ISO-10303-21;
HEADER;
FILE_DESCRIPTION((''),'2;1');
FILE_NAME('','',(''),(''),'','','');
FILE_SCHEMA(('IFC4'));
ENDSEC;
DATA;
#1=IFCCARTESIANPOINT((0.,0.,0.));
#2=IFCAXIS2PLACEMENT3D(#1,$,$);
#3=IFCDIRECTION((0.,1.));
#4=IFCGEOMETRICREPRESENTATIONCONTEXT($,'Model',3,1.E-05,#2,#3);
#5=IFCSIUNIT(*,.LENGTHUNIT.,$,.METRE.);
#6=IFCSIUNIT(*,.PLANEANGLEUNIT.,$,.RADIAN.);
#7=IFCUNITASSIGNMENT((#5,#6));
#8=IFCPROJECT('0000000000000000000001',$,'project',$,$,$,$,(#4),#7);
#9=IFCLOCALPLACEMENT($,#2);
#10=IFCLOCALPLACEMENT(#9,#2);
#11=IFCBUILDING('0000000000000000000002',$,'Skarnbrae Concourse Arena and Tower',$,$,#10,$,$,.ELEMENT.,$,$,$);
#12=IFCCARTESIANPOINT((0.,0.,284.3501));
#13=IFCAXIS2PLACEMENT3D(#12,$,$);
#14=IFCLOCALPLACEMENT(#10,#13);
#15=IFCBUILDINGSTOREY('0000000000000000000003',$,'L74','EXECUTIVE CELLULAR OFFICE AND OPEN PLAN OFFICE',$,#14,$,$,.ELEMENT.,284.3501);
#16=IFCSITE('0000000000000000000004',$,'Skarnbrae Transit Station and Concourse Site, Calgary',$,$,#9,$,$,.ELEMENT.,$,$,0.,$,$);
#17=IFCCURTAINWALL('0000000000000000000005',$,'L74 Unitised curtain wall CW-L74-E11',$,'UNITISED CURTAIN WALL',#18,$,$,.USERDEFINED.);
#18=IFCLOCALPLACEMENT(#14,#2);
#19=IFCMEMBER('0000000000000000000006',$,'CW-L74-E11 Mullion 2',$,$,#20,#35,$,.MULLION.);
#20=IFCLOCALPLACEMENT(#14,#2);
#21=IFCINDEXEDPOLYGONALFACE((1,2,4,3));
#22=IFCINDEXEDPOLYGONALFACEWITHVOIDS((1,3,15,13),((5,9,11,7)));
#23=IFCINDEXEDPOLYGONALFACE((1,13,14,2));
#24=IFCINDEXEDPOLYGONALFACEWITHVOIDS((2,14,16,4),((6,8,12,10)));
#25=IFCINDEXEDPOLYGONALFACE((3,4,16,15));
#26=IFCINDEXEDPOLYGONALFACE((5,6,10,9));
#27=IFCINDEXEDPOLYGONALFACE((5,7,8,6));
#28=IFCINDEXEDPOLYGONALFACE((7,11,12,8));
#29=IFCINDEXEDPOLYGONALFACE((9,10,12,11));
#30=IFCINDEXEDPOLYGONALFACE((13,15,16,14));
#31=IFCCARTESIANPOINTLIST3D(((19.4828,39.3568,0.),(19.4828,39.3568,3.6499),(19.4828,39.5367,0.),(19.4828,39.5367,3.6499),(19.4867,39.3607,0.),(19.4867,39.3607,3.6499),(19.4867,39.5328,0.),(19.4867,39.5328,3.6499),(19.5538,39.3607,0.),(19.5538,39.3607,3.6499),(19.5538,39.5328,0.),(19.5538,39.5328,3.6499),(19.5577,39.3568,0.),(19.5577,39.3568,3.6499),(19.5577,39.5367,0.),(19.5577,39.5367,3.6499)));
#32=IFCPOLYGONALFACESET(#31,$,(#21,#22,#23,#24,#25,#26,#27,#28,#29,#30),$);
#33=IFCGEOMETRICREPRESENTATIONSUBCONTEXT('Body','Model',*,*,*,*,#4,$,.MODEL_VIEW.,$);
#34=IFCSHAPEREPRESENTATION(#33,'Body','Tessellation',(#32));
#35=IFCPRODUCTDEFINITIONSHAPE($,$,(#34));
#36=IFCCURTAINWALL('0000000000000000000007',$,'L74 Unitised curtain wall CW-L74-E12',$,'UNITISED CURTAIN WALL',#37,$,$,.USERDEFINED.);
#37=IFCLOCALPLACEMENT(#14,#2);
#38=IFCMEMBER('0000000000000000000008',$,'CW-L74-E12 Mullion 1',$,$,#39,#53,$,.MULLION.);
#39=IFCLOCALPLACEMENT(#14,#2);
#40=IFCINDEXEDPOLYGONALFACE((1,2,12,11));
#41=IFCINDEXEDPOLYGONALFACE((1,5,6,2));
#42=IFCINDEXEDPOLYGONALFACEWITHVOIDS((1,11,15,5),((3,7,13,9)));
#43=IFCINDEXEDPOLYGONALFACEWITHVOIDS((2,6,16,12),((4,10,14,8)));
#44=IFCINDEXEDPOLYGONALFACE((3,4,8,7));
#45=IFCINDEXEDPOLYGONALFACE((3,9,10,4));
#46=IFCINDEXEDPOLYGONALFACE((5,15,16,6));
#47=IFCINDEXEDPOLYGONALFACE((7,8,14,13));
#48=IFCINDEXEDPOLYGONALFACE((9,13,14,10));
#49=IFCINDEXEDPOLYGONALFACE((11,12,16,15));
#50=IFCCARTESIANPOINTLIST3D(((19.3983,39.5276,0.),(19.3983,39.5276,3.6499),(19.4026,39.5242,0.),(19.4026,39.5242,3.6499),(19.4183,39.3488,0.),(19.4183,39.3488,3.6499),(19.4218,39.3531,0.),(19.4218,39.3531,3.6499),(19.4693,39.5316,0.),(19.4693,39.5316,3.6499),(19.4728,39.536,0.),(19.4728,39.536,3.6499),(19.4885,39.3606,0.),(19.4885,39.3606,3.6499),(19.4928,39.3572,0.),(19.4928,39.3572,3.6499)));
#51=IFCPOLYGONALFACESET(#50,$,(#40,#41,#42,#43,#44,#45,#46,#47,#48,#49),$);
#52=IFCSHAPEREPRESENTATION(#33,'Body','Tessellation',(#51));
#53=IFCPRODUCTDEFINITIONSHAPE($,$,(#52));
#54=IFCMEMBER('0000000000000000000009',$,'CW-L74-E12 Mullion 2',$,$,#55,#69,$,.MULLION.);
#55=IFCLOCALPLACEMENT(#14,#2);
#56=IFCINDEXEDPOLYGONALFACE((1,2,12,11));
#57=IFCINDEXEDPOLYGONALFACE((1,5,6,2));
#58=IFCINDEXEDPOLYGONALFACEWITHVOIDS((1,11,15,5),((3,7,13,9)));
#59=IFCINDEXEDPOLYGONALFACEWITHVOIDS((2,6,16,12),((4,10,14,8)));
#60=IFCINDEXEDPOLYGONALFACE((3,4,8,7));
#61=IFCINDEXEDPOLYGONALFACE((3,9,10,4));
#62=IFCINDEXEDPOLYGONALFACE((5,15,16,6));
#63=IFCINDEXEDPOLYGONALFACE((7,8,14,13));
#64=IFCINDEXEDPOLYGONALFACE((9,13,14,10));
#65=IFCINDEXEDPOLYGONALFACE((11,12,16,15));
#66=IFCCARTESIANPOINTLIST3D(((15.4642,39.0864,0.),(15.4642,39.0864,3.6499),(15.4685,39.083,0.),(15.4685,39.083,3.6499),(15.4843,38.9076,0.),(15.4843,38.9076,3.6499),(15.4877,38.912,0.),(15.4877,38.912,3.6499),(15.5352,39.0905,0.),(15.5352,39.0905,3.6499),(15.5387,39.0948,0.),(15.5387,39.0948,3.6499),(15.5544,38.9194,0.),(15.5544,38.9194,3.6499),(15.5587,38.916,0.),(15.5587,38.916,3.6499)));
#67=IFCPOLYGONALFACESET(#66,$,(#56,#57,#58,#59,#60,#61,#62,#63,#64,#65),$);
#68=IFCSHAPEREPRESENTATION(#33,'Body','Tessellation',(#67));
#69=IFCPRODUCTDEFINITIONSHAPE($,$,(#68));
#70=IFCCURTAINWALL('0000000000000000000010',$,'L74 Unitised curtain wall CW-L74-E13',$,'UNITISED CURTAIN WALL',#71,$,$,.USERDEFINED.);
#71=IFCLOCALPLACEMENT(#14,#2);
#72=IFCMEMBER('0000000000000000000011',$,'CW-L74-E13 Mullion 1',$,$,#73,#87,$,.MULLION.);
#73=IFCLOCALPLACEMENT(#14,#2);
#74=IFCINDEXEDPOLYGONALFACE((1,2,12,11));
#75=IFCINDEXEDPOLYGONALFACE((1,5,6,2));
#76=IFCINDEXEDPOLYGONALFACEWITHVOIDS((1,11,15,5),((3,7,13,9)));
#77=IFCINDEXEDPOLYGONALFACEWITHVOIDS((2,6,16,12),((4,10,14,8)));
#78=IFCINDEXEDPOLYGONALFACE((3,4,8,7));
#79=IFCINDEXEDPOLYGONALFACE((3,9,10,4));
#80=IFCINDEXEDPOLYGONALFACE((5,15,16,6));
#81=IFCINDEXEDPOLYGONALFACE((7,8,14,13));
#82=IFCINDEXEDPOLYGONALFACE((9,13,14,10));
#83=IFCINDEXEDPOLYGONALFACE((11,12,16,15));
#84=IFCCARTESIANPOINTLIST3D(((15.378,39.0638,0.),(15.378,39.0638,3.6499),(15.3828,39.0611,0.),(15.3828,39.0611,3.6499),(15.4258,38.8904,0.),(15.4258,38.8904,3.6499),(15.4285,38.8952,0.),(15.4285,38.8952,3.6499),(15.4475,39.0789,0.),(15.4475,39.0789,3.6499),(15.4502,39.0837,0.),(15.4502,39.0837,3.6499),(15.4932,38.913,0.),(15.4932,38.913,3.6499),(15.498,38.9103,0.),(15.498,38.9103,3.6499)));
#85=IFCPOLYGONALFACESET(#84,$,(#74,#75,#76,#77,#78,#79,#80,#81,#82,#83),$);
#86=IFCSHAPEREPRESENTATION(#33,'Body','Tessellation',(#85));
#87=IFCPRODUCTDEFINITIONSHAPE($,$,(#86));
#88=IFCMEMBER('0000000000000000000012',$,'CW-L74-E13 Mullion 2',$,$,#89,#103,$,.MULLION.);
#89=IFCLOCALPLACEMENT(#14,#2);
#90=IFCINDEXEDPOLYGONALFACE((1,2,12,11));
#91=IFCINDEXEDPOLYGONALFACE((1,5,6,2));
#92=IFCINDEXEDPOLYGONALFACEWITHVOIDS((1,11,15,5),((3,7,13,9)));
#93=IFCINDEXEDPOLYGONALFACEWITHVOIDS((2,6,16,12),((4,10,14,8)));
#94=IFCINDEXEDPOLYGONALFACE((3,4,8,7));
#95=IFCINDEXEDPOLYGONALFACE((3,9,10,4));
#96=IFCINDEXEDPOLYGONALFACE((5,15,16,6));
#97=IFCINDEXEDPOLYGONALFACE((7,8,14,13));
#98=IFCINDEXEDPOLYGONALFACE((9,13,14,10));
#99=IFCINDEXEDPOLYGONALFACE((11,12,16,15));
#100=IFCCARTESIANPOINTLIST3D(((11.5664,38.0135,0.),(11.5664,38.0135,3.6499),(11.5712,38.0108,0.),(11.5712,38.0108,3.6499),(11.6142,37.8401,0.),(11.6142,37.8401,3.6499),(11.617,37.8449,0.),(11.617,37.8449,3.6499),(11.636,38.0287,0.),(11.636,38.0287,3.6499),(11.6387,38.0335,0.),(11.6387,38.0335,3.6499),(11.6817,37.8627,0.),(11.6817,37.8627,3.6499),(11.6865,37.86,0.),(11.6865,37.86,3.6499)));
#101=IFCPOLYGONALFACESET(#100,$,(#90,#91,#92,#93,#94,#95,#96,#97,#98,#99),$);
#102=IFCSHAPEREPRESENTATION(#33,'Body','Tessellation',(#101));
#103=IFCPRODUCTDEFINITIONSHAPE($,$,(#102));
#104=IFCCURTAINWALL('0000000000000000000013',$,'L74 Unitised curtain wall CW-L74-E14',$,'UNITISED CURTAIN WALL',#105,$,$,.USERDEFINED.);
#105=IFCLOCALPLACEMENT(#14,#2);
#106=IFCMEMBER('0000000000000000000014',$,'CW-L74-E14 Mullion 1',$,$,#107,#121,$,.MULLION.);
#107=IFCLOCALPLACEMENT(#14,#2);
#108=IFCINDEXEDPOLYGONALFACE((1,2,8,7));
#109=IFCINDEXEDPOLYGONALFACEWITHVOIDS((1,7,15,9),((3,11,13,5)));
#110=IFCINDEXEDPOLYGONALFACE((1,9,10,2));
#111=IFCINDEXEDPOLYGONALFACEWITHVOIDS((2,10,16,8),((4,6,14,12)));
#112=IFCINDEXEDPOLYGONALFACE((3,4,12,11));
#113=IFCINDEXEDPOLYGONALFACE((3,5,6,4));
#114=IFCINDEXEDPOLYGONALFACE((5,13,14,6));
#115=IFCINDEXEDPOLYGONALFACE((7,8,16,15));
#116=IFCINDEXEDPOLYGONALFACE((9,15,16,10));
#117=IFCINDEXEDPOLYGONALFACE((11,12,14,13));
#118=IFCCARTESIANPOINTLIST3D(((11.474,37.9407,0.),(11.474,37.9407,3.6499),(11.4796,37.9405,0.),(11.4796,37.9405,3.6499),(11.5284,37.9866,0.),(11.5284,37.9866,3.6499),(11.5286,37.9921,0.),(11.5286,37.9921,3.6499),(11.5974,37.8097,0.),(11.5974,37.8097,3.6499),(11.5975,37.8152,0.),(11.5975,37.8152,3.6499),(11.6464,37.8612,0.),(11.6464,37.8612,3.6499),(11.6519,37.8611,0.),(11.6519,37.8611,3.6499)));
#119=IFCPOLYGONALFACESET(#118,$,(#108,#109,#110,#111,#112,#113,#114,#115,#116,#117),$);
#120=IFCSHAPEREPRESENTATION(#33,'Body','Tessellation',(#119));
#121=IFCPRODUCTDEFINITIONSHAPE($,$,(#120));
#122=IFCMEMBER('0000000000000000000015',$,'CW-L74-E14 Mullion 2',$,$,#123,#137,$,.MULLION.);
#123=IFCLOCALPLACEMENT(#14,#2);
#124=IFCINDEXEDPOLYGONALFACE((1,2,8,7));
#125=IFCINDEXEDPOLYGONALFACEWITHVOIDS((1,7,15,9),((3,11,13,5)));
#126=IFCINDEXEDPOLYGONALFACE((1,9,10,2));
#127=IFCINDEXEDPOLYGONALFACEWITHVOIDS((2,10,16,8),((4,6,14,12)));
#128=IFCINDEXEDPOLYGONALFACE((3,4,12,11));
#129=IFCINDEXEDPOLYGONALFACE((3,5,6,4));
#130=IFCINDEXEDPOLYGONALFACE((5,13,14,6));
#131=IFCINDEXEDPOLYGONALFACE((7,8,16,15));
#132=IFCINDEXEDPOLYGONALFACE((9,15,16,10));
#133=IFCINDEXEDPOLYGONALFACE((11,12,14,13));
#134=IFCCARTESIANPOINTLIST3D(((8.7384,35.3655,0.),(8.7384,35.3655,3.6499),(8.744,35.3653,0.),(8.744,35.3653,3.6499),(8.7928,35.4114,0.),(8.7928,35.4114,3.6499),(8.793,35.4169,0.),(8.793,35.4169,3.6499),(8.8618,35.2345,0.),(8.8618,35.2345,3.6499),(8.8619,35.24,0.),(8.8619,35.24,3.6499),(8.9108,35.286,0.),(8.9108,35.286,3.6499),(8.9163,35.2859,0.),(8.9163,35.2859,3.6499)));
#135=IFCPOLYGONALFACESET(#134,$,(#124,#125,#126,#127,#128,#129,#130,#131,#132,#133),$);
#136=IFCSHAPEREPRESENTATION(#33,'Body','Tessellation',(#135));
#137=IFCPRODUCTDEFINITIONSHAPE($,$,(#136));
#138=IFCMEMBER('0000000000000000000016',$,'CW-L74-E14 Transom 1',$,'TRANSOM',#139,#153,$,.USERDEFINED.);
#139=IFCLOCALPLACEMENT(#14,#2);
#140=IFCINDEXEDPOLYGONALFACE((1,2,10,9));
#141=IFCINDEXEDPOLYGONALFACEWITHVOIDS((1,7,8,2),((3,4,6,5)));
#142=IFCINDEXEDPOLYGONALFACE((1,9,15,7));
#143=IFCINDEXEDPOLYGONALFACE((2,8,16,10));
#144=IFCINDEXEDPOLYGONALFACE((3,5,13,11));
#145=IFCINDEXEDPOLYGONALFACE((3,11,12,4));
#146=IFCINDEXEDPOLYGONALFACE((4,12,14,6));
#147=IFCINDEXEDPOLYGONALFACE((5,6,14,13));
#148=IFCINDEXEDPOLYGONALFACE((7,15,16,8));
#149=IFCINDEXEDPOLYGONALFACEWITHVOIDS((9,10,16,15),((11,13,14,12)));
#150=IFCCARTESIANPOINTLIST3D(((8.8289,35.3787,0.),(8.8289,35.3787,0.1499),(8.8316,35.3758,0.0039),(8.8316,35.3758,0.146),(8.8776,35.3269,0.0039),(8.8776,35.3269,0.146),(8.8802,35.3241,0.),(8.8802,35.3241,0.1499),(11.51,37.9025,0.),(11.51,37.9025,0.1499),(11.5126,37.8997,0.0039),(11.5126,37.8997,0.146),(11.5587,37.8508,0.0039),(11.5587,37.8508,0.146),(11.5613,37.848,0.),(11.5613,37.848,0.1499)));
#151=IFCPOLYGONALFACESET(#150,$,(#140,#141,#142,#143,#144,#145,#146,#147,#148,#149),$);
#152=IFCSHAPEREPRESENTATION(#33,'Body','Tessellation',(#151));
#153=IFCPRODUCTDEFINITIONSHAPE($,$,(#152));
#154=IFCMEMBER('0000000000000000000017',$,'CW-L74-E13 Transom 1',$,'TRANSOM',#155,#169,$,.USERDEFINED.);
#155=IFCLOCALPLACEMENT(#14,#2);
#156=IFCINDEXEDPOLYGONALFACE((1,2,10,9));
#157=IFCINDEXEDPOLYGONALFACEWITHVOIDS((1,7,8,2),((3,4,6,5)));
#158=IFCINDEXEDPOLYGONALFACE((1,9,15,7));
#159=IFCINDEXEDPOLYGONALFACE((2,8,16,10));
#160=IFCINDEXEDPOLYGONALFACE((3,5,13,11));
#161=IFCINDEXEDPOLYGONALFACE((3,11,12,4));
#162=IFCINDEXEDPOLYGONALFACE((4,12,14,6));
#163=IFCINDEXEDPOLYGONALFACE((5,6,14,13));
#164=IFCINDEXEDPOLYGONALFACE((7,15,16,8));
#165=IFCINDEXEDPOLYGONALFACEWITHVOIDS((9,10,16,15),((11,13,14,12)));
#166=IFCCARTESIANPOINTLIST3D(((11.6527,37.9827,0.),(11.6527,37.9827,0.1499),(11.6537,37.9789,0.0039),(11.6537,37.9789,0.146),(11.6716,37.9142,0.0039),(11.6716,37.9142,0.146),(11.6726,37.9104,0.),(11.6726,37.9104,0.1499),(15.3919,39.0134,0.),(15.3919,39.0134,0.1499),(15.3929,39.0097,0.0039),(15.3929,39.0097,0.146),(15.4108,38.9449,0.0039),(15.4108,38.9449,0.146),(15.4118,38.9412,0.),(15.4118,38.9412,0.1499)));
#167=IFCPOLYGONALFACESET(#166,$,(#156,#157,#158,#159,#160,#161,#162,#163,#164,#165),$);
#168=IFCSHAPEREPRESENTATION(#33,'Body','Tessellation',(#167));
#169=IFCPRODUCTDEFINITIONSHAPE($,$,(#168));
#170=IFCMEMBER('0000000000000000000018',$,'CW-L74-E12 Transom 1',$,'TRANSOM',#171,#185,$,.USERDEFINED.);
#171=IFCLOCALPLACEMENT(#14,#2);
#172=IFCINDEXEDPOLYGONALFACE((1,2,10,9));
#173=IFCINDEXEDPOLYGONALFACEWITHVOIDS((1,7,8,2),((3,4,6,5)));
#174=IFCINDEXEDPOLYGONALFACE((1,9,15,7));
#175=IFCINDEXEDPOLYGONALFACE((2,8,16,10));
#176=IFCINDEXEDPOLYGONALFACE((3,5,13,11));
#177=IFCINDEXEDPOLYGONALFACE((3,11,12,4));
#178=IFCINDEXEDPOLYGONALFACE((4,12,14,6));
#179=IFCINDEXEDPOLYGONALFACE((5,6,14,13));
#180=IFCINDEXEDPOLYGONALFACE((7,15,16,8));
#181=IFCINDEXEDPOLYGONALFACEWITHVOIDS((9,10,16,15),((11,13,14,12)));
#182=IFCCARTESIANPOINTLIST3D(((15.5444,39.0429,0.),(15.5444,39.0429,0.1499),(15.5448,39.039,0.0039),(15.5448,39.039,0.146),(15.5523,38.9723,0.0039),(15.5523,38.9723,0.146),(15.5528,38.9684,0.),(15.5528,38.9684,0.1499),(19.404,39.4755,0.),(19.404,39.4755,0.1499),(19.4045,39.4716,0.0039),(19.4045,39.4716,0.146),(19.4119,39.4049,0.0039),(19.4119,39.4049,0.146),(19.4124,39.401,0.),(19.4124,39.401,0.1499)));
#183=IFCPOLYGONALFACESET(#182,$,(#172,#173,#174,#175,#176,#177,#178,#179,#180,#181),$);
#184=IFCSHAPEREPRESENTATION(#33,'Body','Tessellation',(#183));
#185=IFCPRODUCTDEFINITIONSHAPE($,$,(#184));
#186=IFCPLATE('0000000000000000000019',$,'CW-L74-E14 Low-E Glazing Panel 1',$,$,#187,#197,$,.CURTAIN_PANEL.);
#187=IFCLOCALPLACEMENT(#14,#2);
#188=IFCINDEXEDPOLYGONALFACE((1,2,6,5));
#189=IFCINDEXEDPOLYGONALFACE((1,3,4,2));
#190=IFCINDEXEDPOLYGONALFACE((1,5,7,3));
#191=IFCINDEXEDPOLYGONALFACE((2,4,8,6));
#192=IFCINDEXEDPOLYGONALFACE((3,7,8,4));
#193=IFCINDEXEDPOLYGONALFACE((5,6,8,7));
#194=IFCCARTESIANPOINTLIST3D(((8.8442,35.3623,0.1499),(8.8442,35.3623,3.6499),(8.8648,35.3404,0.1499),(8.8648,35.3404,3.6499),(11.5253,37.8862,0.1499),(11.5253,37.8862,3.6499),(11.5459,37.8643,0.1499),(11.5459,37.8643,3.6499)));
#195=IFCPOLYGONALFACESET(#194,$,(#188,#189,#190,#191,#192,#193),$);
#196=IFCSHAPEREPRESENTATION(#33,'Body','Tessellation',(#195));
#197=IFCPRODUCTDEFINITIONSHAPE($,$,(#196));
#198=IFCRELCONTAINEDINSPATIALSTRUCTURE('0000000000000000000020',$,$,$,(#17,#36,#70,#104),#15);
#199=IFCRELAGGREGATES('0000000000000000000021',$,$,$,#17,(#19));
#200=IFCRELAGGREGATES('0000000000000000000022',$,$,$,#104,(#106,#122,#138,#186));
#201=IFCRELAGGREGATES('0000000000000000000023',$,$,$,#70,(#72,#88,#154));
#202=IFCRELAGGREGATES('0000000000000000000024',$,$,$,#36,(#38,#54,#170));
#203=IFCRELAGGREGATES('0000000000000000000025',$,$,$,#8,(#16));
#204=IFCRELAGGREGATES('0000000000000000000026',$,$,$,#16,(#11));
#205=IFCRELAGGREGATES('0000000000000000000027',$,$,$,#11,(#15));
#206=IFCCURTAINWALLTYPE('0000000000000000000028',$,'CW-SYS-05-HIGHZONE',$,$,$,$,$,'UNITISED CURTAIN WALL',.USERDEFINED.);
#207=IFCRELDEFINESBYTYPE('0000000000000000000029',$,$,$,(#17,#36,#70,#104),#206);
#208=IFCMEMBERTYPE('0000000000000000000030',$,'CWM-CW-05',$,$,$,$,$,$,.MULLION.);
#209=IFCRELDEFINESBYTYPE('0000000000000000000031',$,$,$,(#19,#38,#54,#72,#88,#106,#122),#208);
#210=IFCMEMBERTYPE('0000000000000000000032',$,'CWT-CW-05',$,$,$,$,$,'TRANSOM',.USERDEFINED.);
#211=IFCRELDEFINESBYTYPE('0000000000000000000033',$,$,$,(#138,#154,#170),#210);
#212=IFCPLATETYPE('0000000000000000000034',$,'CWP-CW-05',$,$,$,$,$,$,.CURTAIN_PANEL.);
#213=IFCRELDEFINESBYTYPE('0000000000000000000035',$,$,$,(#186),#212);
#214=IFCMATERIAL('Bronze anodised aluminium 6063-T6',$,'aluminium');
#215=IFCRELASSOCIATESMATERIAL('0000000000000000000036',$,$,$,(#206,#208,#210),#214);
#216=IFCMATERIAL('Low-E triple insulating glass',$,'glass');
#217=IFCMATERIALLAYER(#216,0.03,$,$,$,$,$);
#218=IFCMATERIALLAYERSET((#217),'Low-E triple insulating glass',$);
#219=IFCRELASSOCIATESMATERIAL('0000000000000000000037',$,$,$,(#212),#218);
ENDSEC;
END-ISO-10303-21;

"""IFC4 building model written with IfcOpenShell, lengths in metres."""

from ifc_helpers import new_model, si_unit, direction, frame, origin, origin_2d, place, context, subcontext, project, spatial, rectangle, hollow_rectangle, extrude, source, transform, mapped, material, layer, layer_set, material_profile, profile_set, type_object, element, aggregate, save


model = new_model("IFC4")

# Units and contexts
model_context = context("Model", 3, precision=1e-05, world=origin(), true_north=direction((0.0, 1.0)))
body_context = subcontext(model_context, "Body", "Model", "MODEL_VIEW")
ifc_project = project(units=[si_unit("LENGTHUNIT", "METRE"), si_unit("PLANEANGLEUNIT", "RADIAN")], contexts=[model_context])

# Site, building, storey
site_placement = place(None, origin())
site = spatial("IfcSite", under=ifc_project, at=site_placement, Name="Skarnbrae Transit Station and Concourse Site, Calgary", CompositionType="ELEMENT", RefElevation=0.0)
building_placement = place(site_placement, origin())
building = spatial("IfcBuilding", under=site, at=building_placement, Name="Skarnbrae Concourse Arena and Tower", CompositionType="ELEMENT")
storey_placement = place(building_placement, frame((0.0, 0.0, 284.3501)))
storey = spatial("IfcBuildingStorey", under=building, at=storey_placement, Name="L74", Description="EXECUTIVE CELLULAR OFFICE AND OPEN PLAN OFFICE", CompositionType="ELEMENT", Elevation=284.3501)

# Curtain wall, member
ifc_material_1 = material(Name="Bronze anodised aluminium 6063-T6", Category="aluminium")
curtain_wall_type = type_object("IfcCurtainWallType", Name="CW-SYS-05-HIGHZONE", ElementType="UNITISED CURTAIN WALL", PredefinedType="USERDEFINED", material=ifc_material_1)
curtain_wall_1_placement = place(storey_placement, origin())
curtain_wall_1 = element("IfcCurtainWall", 1, at=curtain_wall_1_placement, inside=storey, type_object=curtain_wall_type, Name="L74 Unitised curtain wall CW-L74-E11", ObjectType="UNITISED CURTAIN WALL", PredefinedType="USERDEFINED")
ifc_material_profile_1 = material_profile(ifc_material_1, hollow_rectangle(XDim=0.075, YDim=0.1799, WallThickness=0.0039, at=origin_2d()), Name="ALU-MULL-75X180")
ifc_profile_set_1 = profile_set([ifc_material_profile_1], Name="Bronze anodised aluminium 6063-T6")
member_type_1 = type_object("IfcMemberType", Name="CWM-CW-05", PredefinedType="MULLION", material=ifc_profile_set_1)
shared_shape_1 = source(origin(), body_context, "Body", "SweptSolid", [
    extrude(hollow_rectangle(XDim=0.075, YDim=0.1799, WallThickness=0.0039, at=origin_2d()), origin(), (0.0, 0.0, 1.0), 3.6499),
])
member_1_placement = place(storey_placement, frame((19.5203, 39.4468, 0.0), z_axis=(0.0, 0.0, 1.0), x_axis=(-1.0, 0.0, 0.0)))
member_1 = element("IfcMember", 2, at=member_1_placement, type_object=member_type_1, Name="CW-L74-E11 Mullion 2", PredefinedType="MULLION", context=body_context, shape_type="MappedRepresentation", body=[
    mapped(shared_shape_1, transform((0.0, 0.0, 0.0))),
])
aggregate(curtain_wall_1, [member_1])

# Curtain walls, members
curtain_wall_2_placement = place(storey_placement, origin())
curtain_wall_2 = element("IfcCurtainWall", 3, at=curtain_wall_2_placement, inside=storey, type_object=curtain_wall_type, Name="L74 Unitised curtain wall CW-L74-E12", ObjectType="UNITISED CURTAIN WALL", PredefinedType="USERDEFINED")
member_2_placement = place(storey_placement, frame((19.4456, 39.4424, 0.0), z_axis=(0.0, 0.0, 1.0), x_axis=(-0.993769, -0.11146, 0.0)))
member_2 = element("IfcMember", 4, at=member_2_placement, type_object=member_type_1, Name="CW-L74-E12 Mullion 1", PredefinedType="MULLION", context=body_context, shape_type="MappedRepresentation", body=[
    mapped(shared_shape_1, transform((0.0, 0.0, 0.0))),
])
member_3_placement = place(storey_placement, frame((15.5115, 39.0012, 0.0), z_axis=(0.0, 0.0, 1.0), x_axis=(-0.993769, -0.11146, 0.0)))
member_3 = element("IfcMember", 5, at=member_3_placement, type_object=member_type_1, Name="CW-L74-E12 Mullion 2", PredefinedType="MULLION", context=body_context, shape_type="MappedRepresentation", body=[
    mapped(shared_shape_1, transform((0.0, 0.0, 0.0))),
])
curtain_wall_3_placement = place(storey_placement, origin())
curtain_wall_3 = element("IfcCurtainWall", 6, at=curtain_wall_3_placement, inside=storey, type_object=curtain_wall_type, Name="L74 Unitised curtain wall CW-L74-E13", ObjectType="UNITISED CURTAIN WALL", PredefinedType="USERDEFINED")
member_4_placement = place(storey_placement, frame((15.438, 38.9871, 0.0), z_axis=(0.0, 0.0, 1.0), x_axis=(-0.964057, -0.265694, 0.0)))
member_4 = element("IfcMember", 7, at=member_4_placement, type_object=member_type_1, Name="CW-L74-E13 Mullion 1", PredefinedType="MULLION", context=body_context, shape_type="MappedRepresentation", body=[
    mapped(shared_shape_1, transform((0.0, 0.0, 0.0))),
])
member_5_placement = place(storey_placement, frame((11.6265, 37.9368, 0.0), z_axis=(0.0, 0.0, 1.0), x_axis=(-0.964057, -0.265694, 0.0)))
member_5 = element("IfcMember", 8, at=member_5_placement, type_object=member_type_1, Name="CW-L74-E13 Mullion 2", PredefinedType="MULLION", context=body_context, shape_type="MappedRepresentation", body=[
    mapped(shared_shape_1, transform((0.0, 0.0, 0.0))),
])
curtain_wall_4_placement = place(storey_placement, origin())
curtain_wall_4 = element("IfcCurtainWall", 9, at=curtain_wall_4_placement, inside=storey, type_object=curtain_wall_type, Name="L74 Unitised curtain wall CW-L74-E14", ObjectType="UNITISED CURTAIN WALL", PredefinedType="USERDEFINED")
member_6_placement = place(storey_placement, frame((11.563, 37.9009, 0.0), z_axis=(0.0, 0.0, 1.0), x_axis=(-0.728131, -0.685438, 0.0)))
member_6 = element("IfcMember", 10, at=member_6_placement, type_object=member_type_1, Name="CW-L74-E14 Mullion 1", PredefinedType="MULLION", context=body_context, shape_type="MappedRepresentation", body=[
    mapped(shared_shape_1, transform((0.0, 0.0, 0.0))),
])
member_7_placement = place(storey_placement, frame((8.8274, 35.3257, 0.0), z_axis=(0.0, 0.0, 1.0), x_axis=(-0.728131, -0.685438, 0.0)))
member_7 = element("IfcMember", 11, at=member_7_placement, type_object=member_type_1, Name="CW-L74-E14 Mullion 2", PredefinedType="MULLION", context=body_context, shape_type="MappedRepresentation", body=[
    mapped(shared_shape_1, transform((0.0, 0.0, 0.0))),
])
ifc_material_profile_2 = material_profile(ifc_material_1, hollow_rectangle(XDim=0.075, YDim=0.1499, WallThickness=0.0039, at=origin_2d()), Name="ALU-TRAN-75X150")
ifc_profile_set_2 = profile_set([ifc_material_profile_2], Name="Bronze anodised aluminium 6063-T6")
member_type_2 = type_object("IfcMemberType", Name="CWT-CW-05", ElementType="TRANSOM", PredefinedType="USERDEFINED", material=ifc_profile_set_2)
shared_shape_2 = source(origin(), body_context, "Body", "SweptSolid", [
    extrude(hollow_rectangle(XDim=0.075, YDim=0.1499, WallThickness=0.0039, at=origin_2d()), origin(), (0.0, 0.0, 1.0), 3.6821),
])
member_8_placement = place(storey_placement, frame((11.5356, 37.8752, 0.075), z_axis=(-0.728134, -0.685435, 0.0), x_axis=(0.685435, -0.728134, 0.0)))
member_8 = element("IfcMember", 12, at=member_8_placement, type_object=member_type_2, Name="CW-L74-E14 Transom 1", ObjectType="TRANSOM", PredefinedType="USERDEFINED", context=body_context, shape_type="MappedRepresentation", body=[
    mapped(shared_shape_2, transform((0.0, 0.0, 0.0))),
])

# Members
shared_shape_3 = source(origin(), body_context, "Body", "SweptSolid", [
    extrude(hollow_rectangle(XDim=0.075, YDim=0.1499, WallThickness=0.0039, at=origin_2d()), origin(), (0.0, 0.0, 1.0), 3.8787),
])
member_9_placement = place(storey_placement, frame((15.4019, 38.9773, 0.075), z_axis=(-0.964043, -0.265747, 0.0), x_axis=(0.265747, -0.964043, 0.0)))
member_9 = element("IfcMember", 13, at=member_9_placement, type_object=member_type_2, Name="CW-L74-E13 Transom 1", ObjectType="TRANSOM", PredefinedType="USERDEFINED", context=body_context, shape_type="MappedRepresentation", body=[
    mapped(shared_shape_3, transform((0.0, 0.0, 0.0))),
])
shared_shape_4 = source(origin(), body_context, "Body", "SweptSolid", [
    extrude(hollow_rectangle(XDim=0.075, YDim=0.1499, WallThickness=0.0039, at=origin_2d()), origin(), (0.0, 0.0, 1.0), 3.8838),
])
member_10_placement = place(storey_placement, frame((19.4082, 39.4382, 0.075), z_axis=(-0.993777, -0.11139, 0.0), x_axis=(0.11139, -0.993777, 0.0)))
member_10 = element("IfcMember", 14, at=member_10_placement, type_object=member_type_2, Name="CW-L74-E12 Transom 1", ObjectType="TRANSOM", PredefinedType="USERDEFINED", context=body_context, shape_type="MappedRepresentation", body=[
    mapped(shared_shape_4, transform((0.0, 0.0, 0.0))),
])

# Plate
ifc_material_2 = material(Name="Low-E triple insulating glass", Category="glass")
ifc_layer = layer(ifc_material_2, 0.03)
ifc_layer_set = layer_set([ifc_layer], Name="Low-E triple insulating glass")
plate_type = type_object("IfcPlateType", Name="CWP-CW-05", PredefinedType="CURTAIN_PANEL", material=ifc_layer_set)
shared_shape_5 = source(origin(), body_context, "Body", "SweptSolid", [
    extrude(rectangle(XDim=3.6821, YDim=0.03, at=origin_2d()), origin(), (0.0, 0.0, 1.0), 3.5),
])
plate_1_placement = place(storey_placement, frame((10.1951, 36.6133, 0.1499), z_axis=(0.0, 0.0, 1.0), x_axis=(-0.728131, -0.685438, 0.0)))
plate_1 = element("IfcPlate", 15, at=plate_1_placement, type_object=plate_type, Name="CW-L74-E14 Low-E Glazing Panel 1", PredefinedType="CURTAIN_PANEL", context=body_context, shape_type="MappedRepresentation", body=[
    mapped(shared_shape_5, transform((0.0, 0.0, 0.0))),
])
aggregate(curtain_wall_4, [member_6, member_7, member_8, plate_1])
aggregate(curtain_wall_3, [member_4, member_5, member_9])
aggregate(curtain_wall_2, [member_2, member_3, member_10])

save(model, "model.ifc")
